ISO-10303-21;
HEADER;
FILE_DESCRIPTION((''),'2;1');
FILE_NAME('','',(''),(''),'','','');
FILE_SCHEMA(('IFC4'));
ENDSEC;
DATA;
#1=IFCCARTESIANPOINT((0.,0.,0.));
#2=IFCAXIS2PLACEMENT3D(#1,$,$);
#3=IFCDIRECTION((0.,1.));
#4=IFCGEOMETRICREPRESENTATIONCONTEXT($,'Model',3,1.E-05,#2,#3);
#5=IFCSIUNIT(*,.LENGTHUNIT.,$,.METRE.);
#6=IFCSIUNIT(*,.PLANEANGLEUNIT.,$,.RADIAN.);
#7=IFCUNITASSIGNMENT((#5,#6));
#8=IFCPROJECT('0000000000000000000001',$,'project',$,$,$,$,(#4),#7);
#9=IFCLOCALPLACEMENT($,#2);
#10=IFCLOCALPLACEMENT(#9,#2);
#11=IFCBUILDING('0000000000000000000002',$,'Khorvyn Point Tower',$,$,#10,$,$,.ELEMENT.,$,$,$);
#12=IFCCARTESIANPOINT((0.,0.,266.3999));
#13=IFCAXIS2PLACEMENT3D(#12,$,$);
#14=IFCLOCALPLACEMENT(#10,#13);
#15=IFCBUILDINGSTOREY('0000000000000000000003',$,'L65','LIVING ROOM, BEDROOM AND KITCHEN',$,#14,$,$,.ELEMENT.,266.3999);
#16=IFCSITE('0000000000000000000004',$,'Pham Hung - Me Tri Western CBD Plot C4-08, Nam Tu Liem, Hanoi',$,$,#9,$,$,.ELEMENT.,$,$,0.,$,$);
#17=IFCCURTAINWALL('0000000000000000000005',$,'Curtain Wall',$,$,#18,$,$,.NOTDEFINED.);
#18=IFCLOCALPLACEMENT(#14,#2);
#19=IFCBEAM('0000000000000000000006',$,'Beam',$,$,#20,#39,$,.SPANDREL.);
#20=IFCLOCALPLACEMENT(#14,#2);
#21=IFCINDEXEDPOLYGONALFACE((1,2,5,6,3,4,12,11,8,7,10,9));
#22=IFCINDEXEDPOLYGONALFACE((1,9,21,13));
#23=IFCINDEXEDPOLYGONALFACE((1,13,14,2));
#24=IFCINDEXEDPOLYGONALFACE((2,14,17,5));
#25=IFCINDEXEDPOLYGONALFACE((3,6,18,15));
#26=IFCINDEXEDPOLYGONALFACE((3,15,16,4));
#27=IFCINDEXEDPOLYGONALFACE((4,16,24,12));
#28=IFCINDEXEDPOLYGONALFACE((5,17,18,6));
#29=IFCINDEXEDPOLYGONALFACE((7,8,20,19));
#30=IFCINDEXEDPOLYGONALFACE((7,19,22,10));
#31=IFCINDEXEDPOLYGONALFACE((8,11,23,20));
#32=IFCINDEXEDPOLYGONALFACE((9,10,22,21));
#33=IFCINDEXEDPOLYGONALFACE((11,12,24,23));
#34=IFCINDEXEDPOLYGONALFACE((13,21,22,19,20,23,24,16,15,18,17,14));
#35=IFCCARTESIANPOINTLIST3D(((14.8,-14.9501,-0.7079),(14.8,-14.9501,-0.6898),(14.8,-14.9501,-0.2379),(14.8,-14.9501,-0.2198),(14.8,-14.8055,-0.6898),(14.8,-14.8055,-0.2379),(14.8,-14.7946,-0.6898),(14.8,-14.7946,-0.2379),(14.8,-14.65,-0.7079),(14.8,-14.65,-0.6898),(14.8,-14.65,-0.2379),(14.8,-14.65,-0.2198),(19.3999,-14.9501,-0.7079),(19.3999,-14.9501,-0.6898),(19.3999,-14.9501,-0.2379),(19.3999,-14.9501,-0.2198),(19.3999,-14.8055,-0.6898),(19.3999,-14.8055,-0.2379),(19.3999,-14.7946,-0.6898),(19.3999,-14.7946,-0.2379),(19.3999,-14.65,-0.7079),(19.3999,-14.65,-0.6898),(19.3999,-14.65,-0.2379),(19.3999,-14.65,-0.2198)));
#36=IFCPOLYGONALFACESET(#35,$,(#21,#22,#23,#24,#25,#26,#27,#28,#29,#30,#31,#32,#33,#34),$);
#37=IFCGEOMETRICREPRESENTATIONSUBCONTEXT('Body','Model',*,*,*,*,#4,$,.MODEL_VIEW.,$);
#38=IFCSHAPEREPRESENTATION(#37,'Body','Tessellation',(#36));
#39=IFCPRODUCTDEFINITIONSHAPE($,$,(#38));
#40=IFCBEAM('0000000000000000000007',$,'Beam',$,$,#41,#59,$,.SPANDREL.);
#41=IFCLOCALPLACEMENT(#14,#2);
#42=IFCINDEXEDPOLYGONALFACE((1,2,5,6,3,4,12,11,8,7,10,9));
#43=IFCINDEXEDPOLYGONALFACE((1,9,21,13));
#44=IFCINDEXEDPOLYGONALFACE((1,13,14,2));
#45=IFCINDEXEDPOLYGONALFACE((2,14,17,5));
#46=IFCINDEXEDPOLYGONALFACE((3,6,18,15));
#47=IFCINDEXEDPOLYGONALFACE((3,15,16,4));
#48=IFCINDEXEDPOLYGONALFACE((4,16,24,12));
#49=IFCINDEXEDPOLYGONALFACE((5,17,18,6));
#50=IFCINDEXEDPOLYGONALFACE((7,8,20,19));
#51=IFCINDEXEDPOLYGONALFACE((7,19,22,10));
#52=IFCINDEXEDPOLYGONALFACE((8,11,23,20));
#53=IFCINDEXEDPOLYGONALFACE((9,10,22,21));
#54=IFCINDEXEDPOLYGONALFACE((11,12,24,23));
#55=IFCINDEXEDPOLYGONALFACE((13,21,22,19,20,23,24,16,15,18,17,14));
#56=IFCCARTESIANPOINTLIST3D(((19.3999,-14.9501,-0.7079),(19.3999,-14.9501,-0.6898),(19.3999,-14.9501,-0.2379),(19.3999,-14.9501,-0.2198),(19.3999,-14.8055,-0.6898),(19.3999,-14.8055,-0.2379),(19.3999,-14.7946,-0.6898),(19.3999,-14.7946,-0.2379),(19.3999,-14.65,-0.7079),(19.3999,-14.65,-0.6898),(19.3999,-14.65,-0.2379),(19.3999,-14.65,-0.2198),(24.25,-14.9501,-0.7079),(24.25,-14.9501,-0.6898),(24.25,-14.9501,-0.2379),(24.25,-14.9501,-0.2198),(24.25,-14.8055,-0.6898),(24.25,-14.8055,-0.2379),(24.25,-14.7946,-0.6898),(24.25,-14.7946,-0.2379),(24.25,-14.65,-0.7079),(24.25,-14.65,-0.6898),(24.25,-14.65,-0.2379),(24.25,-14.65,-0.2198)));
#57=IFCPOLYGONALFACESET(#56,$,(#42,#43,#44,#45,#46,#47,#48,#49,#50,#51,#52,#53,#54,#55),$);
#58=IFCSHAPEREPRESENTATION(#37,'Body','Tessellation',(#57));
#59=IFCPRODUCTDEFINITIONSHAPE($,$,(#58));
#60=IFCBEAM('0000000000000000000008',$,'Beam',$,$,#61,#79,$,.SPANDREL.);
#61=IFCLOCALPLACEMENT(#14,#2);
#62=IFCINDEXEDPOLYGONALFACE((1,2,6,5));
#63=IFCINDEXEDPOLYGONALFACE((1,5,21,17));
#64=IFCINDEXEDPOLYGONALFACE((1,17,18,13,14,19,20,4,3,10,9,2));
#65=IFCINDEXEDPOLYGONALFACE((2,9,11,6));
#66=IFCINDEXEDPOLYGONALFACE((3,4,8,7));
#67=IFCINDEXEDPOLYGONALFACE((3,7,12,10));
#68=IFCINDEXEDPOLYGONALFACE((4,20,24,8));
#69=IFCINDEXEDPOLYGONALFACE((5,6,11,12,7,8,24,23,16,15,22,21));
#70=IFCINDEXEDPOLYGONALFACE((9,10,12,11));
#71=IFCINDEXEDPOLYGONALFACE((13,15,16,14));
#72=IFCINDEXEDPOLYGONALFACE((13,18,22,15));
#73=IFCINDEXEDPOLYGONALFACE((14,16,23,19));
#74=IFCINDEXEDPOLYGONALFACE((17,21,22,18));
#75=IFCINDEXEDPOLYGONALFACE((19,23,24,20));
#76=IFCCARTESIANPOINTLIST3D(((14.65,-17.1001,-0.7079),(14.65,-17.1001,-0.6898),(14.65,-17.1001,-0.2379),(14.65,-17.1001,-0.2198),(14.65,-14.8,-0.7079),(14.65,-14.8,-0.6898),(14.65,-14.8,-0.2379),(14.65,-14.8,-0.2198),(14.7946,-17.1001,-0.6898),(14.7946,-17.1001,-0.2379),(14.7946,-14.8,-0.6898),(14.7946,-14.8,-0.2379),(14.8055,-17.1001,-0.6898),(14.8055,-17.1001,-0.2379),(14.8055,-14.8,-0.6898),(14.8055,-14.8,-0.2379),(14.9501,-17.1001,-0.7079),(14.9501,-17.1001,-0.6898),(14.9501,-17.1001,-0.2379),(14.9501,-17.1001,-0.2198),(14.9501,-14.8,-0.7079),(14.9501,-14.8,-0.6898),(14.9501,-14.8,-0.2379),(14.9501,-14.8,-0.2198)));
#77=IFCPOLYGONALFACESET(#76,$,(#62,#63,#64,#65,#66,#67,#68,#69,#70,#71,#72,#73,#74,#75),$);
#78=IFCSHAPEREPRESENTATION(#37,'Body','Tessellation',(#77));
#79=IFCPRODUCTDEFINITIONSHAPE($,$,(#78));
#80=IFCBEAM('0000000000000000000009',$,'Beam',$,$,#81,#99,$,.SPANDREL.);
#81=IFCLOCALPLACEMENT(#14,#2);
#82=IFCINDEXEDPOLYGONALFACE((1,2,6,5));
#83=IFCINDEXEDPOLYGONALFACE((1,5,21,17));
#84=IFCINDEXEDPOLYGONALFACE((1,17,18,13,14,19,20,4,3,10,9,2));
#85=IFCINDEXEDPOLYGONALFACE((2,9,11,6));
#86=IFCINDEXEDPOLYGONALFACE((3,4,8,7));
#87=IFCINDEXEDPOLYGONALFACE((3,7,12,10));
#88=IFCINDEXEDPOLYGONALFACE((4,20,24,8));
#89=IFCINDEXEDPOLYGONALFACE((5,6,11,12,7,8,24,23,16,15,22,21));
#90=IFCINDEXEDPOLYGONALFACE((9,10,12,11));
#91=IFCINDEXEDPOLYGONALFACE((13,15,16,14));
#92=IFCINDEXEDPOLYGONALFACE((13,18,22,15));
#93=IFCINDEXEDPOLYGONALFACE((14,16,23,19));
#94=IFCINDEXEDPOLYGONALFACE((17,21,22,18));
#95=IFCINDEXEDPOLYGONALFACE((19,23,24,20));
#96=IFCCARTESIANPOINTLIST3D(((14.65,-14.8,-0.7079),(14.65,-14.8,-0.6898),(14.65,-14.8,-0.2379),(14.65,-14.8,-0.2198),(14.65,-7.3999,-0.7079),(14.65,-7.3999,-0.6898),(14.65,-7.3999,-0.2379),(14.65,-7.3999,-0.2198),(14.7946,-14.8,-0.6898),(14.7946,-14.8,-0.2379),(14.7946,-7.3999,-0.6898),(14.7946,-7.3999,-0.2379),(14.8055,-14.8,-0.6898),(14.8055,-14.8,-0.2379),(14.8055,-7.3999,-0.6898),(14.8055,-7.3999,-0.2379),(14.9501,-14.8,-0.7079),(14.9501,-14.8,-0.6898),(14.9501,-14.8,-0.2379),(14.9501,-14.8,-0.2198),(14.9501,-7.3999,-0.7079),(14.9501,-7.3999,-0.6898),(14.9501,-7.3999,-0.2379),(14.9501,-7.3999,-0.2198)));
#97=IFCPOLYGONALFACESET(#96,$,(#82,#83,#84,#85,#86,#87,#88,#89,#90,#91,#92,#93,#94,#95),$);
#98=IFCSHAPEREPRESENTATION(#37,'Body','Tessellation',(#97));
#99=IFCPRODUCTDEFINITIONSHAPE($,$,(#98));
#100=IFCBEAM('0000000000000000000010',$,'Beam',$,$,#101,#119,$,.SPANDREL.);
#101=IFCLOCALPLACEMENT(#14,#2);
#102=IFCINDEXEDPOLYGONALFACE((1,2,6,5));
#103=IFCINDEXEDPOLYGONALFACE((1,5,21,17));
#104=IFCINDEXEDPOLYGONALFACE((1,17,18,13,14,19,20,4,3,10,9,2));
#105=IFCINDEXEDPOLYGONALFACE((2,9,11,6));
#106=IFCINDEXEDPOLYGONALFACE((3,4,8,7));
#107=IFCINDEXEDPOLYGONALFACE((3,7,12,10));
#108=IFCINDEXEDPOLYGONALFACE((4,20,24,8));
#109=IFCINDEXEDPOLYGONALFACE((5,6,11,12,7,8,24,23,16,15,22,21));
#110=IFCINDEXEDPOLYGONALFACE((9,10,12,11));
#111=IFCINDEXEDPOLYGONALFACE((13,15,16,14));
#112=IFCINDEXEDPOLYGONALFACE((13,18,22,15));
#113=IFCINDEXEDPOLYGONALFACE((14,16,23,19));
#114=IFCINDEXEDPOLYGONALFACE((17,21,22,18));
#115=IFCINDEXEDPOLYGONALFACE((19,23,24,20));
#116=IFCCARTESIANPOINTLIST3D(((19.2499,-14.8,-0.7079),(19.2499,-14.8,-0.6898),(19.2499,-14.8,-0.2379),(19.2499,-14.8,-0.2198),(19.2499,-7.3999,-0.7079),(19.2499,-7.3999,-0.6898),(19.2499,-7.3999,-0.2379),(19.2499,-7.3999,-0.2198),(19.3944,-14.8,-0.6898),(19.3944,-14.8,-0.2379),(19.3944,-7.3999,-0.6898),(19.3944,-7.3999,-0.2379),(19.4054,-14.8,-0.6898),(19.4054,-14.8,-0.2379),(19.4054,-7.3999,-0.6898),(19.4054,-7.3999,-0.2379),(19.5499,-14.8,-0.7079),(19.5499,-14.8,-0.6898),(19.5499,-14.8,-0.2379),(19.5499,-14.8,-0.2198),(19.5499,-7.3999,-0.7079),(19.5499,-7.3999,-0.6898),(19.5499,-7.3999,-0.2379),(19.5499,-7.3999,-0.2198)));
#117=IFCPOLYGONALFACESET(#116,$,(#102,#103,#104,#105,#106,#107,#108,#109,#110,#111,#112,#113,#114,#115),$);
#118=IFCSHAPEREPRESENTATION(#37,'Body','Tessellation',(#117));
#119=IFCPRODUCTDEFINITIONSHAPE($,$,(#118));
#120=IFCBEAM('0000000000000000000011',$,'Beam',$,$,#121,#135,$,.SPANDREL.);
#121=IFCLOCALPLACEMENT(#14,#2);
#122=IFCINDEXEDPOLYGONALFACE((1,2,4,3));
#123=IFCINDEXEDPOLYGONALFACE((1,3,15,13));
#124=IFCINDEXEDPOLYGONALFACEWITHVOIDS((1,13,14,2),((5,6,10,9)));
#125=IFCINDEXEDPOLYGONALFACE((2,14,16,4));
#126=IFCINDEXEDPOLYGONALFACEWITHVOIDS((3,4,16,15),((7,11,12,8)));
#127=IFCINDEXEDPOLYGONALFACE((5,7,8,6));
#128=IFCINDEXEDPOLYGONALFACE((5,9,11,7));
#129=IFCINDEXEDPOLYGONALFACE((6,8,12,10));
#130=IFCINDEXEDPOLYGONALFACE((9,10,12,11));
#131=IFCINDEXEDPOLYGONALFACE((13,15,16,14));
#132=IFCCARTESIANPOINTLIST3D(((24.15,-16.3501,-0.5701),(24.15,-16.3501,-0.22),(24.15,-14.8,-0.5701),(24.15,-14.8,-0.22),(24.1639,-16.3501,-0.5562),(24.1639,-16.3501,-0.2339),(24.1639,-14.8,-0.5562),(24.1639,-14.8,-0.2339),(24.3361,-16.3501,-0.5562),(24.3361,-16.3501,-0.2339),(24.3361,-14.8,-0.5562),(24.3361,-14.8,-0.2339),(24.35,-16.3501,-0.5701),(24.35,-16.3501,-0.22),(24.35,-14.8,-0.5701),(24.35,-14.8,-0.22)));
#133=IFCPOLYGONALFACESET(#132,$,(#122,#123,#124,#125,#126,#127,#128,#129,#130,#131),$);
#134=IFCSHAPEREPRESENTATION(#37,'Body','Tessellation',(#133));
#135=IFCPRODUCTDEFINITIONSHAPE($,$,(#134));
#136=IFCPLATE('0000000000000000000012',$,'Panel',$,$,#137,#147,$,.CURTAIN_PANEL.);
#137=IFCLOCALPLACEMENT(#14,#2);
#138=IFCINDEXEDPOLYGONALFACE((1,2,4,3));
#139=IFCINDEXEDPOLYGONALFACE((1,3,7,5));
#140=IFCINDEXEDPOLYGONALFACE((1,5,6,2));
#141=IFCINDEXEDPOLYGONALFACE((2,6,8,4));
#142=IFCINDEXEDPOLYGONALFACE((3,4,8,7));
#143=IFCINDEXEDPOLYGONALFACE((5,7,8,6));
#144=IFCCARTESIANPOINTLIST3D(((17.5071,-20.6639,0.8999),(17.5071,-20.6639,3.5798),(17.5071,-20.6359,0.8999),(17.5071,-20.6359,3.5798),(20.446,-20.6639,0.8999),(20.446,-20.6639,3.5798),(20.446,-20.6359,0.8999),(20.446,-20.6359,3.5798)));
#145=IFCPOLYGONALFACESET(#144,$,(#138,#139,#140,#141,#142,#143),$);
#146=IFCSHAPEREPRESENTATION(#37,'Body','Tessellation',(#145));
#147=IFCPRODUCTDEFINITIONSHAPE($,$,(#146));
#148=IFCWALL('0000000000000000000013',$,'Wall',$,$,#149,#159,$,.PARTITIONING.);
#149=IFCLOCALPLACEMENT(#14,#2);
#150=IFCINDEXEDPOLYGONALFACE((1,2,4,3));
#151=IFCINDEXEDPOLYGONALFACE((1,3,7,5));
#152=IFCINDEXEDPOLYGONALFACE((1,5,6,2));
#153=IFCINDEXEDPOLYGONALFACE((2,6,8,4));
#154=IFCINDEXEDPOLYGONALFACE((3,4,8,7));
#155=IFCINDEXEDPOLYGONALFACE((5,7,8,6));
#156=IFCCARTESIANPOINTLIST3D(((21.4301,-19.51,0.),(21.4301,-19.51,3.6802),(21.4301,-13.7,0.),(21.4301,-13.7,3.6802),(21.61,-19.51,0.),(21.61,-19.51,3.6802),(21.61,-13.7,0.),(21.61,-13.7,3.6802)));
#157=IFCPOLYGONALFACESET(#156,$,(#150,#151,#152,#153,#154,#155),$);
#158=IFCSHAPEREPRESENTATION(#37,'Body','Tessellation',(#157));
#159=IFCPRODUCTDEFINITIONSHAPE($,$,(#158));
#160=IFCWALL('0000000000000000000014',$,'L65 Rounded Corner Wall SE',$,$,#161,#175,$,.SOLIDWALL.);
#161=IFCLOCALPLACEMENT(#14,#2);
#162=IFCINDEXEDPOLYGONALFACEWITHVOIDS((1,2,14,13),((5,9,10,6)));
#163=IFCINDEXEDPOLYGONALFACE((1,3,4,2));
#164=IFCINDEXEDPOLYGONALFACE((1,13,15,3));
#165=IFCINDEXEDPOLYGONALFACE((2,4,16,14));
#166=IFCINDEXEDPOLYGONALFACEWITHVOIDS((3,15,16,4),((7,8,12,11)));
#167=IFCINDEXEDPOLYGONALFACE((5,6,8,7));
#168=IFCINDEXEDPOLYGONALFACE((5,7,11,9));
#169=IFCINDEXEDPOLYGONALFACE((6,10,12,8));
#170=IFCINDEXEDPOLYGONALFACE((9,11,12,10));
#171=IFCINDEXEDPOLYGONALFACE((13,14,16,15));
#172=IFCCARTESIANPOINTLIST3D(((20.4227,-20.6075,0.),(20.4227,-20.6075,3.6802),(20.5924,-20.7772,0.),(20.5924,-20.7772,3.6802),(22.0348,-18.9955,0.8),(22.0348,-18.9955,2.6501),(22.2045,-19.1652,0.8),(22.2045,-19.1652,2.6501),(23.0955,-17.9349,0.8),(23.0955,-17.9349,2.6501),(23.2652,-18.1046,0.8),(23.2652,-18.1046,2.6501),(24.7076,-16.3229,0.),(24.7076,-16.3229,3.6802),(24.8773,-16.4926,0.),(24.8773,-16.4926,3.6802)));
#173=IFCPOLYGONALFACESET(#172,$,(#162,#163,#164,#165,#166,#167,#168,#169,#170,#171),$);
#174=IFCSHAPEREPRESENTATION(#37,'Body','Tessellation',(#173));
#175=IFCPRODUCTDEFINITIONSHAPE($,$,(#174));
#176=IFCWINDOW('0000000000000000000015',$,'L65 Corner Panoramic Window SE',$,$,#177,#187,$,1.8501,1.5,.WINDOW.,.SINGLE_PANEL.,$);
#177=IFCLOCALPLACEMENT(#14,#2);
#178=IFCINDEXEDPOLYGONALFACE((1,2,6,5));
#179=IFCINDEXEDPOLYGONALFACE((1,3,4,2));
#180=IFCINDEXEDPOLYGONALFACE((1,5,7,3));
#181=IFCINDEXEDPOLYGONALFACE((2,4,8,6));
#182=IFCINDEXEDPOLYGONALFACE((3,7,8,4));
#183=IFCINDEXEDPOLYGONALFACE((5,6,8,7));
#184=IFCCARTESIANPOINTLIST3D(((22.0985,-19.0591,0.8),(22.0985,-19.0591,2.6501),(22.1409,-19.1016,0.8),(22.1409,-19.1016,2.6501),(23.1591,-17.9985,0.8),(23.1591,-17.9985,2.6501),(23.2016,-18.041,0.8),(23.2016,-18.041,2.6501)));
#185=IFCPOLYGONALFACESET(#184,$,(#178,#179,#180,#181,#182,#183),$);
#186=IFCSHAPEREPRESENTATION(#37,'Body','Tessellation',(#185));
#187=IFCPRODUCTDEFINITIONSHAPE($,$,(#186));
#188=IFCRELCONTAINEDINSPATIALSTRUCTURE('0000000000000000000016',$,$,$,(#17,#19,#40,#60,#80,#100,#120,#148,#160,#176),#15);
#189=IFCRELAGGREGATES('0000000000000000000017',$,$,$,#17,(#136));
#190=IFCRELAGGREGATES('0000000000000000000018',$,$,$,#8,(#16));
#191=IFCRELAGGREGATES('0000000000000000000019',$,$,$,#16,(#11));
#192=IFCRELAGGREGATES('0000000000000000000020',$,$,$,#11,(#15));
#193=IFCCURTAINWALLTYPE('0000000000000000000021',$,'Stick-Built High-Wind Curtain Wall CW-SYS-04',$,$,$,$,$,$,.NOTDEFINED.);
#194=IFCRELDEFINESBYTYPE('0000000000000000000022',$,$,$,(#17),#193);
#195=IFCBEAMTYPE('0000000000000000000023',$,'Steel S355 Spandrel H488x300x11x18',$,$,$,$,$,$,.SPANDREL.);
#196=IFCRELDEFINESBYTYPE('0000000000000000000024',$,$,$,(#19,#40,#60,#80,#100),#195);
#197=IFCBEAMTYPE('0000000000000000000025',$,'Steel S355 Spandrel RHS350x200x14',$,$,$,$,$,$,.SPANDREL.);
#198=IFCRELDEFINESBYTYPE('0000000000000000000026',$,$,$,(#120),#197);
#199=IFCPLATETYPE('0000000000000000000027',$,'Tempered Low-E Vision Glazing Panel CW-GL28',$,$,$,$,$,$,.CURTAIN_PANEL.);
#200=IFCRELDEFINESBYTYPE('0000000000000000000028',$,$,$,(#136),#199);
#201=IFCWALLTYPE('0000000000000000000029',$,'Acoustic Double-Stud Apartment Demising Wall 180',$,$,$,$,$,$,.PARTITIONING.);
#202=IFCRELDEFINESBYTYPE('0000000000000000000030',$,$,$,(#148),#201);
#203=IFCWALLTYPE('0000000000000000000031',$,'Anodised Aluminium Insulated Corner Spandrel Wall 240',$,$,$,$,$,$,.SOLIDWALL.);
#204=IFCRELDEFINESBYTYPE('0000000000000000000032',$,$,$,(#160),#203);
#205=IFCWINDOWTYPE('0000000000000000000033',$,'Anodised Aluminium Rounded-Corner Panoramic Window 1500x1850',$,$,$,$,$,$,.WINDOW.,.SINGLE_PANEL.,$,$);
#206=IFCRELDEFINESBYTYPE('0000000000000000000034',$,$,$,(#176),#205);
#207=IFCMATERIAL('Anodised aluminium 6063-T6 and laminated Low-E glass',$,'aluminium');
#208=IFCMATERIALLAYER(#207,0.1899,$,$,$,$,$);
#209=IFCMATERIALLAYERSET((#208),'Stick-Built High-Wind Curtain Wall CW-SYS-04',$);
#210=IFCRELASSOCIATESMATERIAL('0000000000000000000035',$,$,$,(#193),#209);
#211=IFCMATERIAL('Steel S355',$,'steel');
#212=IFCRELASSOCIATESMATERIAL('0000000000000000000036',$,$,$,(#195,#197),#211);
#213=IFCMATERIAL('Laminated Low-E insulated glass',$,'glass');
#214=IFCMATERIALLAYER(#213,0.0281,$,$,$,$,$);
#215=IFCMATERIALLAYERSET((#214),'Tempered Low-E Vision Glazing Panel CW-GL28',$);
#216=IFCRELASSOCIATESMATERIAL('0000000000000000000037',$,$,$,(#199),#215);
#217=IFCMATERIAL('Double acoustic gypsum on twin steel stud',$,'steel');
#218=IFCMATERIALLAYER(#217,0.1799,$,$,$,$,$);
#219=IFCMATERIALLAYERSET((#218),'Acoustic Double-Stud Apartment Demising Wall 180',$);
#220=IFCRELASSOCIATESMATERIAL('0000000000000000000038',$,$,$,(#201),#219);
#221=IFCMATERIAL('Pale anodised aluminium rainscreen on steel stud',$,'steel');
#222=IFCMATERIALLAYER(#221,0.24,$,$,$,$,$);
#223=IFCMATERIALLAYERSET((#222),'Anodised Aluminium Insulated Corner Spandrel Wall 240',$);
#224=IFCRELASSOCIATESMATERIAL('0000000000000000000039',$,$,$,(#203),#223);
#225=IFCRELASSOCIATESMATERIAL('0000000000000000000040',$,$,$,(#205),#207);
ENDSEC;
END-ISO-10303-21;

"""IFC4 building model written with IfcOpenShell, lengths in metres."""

from ifc_helpers import new_model, si_unit, direction, frame, frame_2d, origin, origin_2d, place, context, subcontext, project, spatial, rectangle, hollow_rectangle, i_section, extrude, material, layer, layer_set, material_profile, profile_set, type_object, element, fill, aggregate, save


model = new_model("IFC4")

# Units and contexts
model_context = context("Model", 3, precision=1e-05, world=origin(), true_north=direction((0.0, 1.0)))
body_context = subcontext(model_context, "Body", "Model", "MODEL_VIEW")
ifc_project = project(units=[si_unit("LENGTHUNIT", "METRE"), si_unit("PLANEANGLEUNIT", "RADIAN")], contexts=[model_context])

# Site, building, storey
site_placement = place(None, origin())
site = spatial("IfcSite", under=ifc_project, at=site_placement, Name="Pham Hung - Me Tri Western CBD Plot C4-08, Nam Tu Liem, Hanoi", CompositionType="ELEMENT", RefElevation=0.0)
building_placement = place(site_placement, origin())
building = spatial("IfcBuilding", under=site, at=building_placement, Name="Khorvyn Point Tower", CompositionType="ELEMENT")
storey_placement = place(building_placement, frame((0.0, 0.0, 266.3999)))
storey = spatial("IfcBuildingStorey", under=building, at=storey_placement, Name="L65", Description="LIVING ROOM, BEDROOM AND KITCHEN", CompositionType="ELEMENT", Elevation=266.3999)

# Shared definitions
ifc_material_1 = material(Name="Steel S355", Category="steel")

# Curtain wall
ifc_material_2 = material(Name="Anodised aluminium 6063-T6 and laminated Low-E glass", Category="aluminium")
ifc_layer_1 = layer(ifc_material_2, 0.1899)
ifc_layer_set_1 = layer_set([ifc_layer_1], Name="Stick-Built High-Wind Curtain Wall CW-SYS-04")
curtain_wall_type = type_object("IfcCurtainWallType", Name="Stick-Built High-Wind Curtain Wall CW-SYS-04", PredefinedType="NOTDEFINED", material=ifc_layer_set_1)
curtain_wall_1_placement = place(storey_placement, origin())
curtain_wall_1 = element("IfcCurtainWall", 1, at=curtain_wall_1_placement, inside=storey, type_object=curtain_wall_type, Name="Curtain Wall", PredefinedType="NOTDEFINED")

# Beams
ifc_material_profile_1 = material_profile(ifc_material_1, i_section(OverallWidth=0.3, OverallDepth=0.488, WebThickness=0.011, FlangeThickness=0.0181, at=origin_2d()))
ifc_profile_set_1 = profile_set([ifc_material_profile_1], Name="Steel S355 H488x300x11x18")
beam_type_1 = type_object("IfcBeamType", Name="Steel S355 Spandrel H488x300x11x18", PredefinedType="SPANDREL", material=ifc_profile_set_1)
beam_1_placement = place(storey_placement, frame((14.8, -14.8, -0.4639), z_axis=(1.0, 0.0, 0.0), x_axis=(0.0, 1.0, 0.0)))
element("IfcBeam", 2, at=beam_1_placement, inside=storey, type_object=beam_type_1, Name="Beam", PredefinedType="SPANDREL", context=body_context, shape_type="SweptSolid", body=[
    extrude(i_section(OverallWidth=0.3, OverallDepth=0.488, WebThickness=0.011, FlangeThickness=0.0181, at=origin_2d()), origin(), (0.0, 0.0, 1.0), 4.5999),
])
beam_2_placement = place(storey_placement, frame((19.3999, -14.8, -0.4639), z_axis=(1.0, 0.0, 0.0), x_axis=(0.0, 1.0, 0.0)))
element("IfcBeam", 3, at=beam_2_placement, inside=storey, type_object=beam_type_1, Name="Beam", PredefinedType="SPANDREL", context=body_context, shape_type="SweptSolid", body=[
    extrude(i_section(OverallWidth=0.3, OverallDepth=0.488, WebThickness=0.011, FlangeThickness=0.0181, at=origin_2d()), origin(), (0.0, 0.0, 1.0), 4.8501),
])
beam_3_placement = place(storey_placement, frame((14.8, -17.1001, -0.4639), z_axis=(0.0, 1.0, 0.0), x_axis=(-1.0, 0.0, 0.0)))
element("IfcBeam", 4, at=beam_3_placement, inside=storey, type_object=beam_type_1, Name="Beam", PredefinedType="SPANDREL", context=body_context, shape_type="SweptSolid", body=[
    extrude(i_section(OverallWidth=0.3, OverallDepth=0.488, WebThickness=0.011, FlangeThickness=0.0181, at=origin_2d()), origin(), (0.0, 0.0, 1.0), 2.3),
])
for number, where, z_axis, x_axis, name in (
    (5, (14.8, -14.8, -0.4639), (0.0, 1.0, 0.0), (-1.0, 0.0, 0.0), "Beam"),
    (6, (19.3999, -14.8, -0.4639), (0.0, 1.0, 0.0), (-1.0, 0.0, 0.0), "Beam"),
):
    element("IfcBeam", number, at=place(storey_placement, frame(where, z_axis=z_axis, x_axis=x_axis)), inside=storey, type_object=beam_type_1, Name=name, PredefinedType="SPANDREL", context=body_context, shape_type="SweptSolid", body=[
        extrude(i_section(OverallWidth=0.3, OverallDepth=0.488, WebThickness=0.011, FlangeThickness=0.0181, at=origin_2d()), origin(), (0.0, 0.0, 1.0), 7.4001),
    ])
ifc_material_profile_2 = material_profile(ifc_material_1, hollow_rectangle(XDim=0.2, YDim=0.3501, WallThickness=0.0139, at=origin_2d()))
ifc_profile_set_2 = profile_set([ifc_material_profile_2], Name="Steel S355 RHS350x200x14")
beam_type_2 = type_object("IfcBeamType", Name="Steel S355 Spandrel RHS350x200x14", PredefinedType="SPANDREL", material=ifc_profile_set_2)
beam_4_placement = place(storey_placement, frame((24.25, -16.3501, -0.395), z_axis=(0.0, 1.0, 0.0), x_axis=(-1.0, 0.0, 0.0)))
element("IfcBeam", 7, at=beam_4_placement, inside=storey, type_object=beam_type_2, Name="Beam", PredefinedType="SPANDREL", context=body_context, shape_type="SweptSolid", body=[
    extrude(hollow_rectangle(XDim=0.2, YDim=0.3501, WallThickness=0.0139, at=origin_2d()), origin(), (0.0, 0.0, 1.0), 1.55),
])

# Plate
ifc_material_3 = material(Name="Laminated Low-E insulated glass", Category="glass")
ifc_layer_2 = layer(ifc_material_3, 0.0281)
ifc_layer_set_2 = layer_set([ifc_layer_2], Name="Tempered Low-E Vision Glazing Panel CW-GL28")
plate_type = type_object("IfcPlateType", Name="Tempered Low-E Vision Glazing Panel CW-GL28", PredefinedType="CURTAIN_PANEL", material=ifc_layer_set_2)
plate_placement = place(storey_placement, frame((18.9766, -20.6499, 0.8999), z_axis=(0.0, 0.0, 1.0), x_axis=(-1.0, 0.0, 0.0)))
plate = element("IfcPlate", 8, at=plate_placement, type_object=plate_type, Name="Panel", PredefinedType="CURTAIN_PANEL", context=body_context, shape_type="SweptSolid", body=[
    extrude(rectangle(XDim=2.939, YDim=0.0281, at=origin_2d()), origin(), (0.0, 0.0, 1.0), 2.6799),
])
aggregate(curtain_wall_1, [plate])

# Wall
ifc_material_4 = material(Name="Double acoustic gypsum on twin steel stud", Category="steel")
ifc_layer_3 = layer(ifc_material_4, 0.1799)
ifc_layer_set_3 = layer_set([ifc_layer_3], Name="Acoustic Double-Stud Apartment Demising Wall 180")
wall_type_1 = type_object("IfcWallType", Name="Acoustic Double-Stud Apartment Demising Wall 180", PredefinedType="PARTITIONING", material=ifc_layer_set_3)
wall_1_placement = place(storey_placement, frame((21.52, -19.51, 0.0), z_axis=(0.0, 0.0, 1.0), x_axis=(0.0, 1.0, 0.0)))
element("IfcWall", 9, at=wall_1_placement, inside=storey, type_object=wall_type_1, Name="Wall", PredefinedType="PARTITIONING", context=body_context, shape_type="SweptSolid", body=[
    extrude(rectangle(XDim=5.8101, YDim=0.1799, at=frame_2d((2.905, 0.0))), origin(), (0.0, 0.0, 1.0), 3.6802),
])

# Wall, opening, window
ifc_material_5 = material(Name="Pale anodised aluminium rainscreen on steel stud", Category="steel")
ifc_layer_4 = layer(ifc_material_5, 0.24)
ifc_layer_set_4 = layer_set([ifc_layer_4], Name="Anodised Aluminium Insulated Corner Spandrel Wall 240")
wall_type_2 = type_object("IfcWallType", Name="Anodised Aluminium Insulated Corner Spandrel Wall 240", PredefinedType="SOLIDWALL", material=ifc_layer_set_4)
wall_2_placement = place(storey_placement, frame((24.7925, -16.4077, 0.0), z_axis=(0.0, 0.0, 1.0), x_axis=(-0.707127, -0.707087, 0.0)))
wall_2 = element("IfcWall", 10, at=wall_2_placement, inside=storey, type_object=wall_type_2, Name="L65 Rounded Corner Wall SE", PredefinedType="SOLIDWALL", context=body_context, shape_type="SweptSolid", body=[
    extrude(rectangle(XDim=6.0596, YDim=0.24, at=frame_2d((3.0298, 0.0))), origin(), (0.0, 0.0, 1.0), 3.6802),
])
opening_1_placement = place(wall_2_placement, frame((2.2798, 0.0, 0.8)))
opening_1 = element("IfcOpeningElement", 11, at=opening_1_placement, cuts=wall_2, PredefinedType="OPENING", context=body_context, shape_type="SweptSolid", body=[
    extrude(rectangle(XDim=1.5, YDim=1.8501, at=frame_2d((0.75, 0.925))), frame((0.0, 0.1299, 0.0), z_axis=(0.0, -1.0, 0.0), x_axis=(1.0, 0.0, 0.0)), (0.0, 0.0, 1.0), 0.26),
])
window_type = type_object("IfcWindowType", Name="Anodised Aluminium Rounded-Corner Panoramic Window 1500x1850", PartitioningType="SINGLE_PANEL", PredefinedType="WINDOW", material=ifc_material_2)
window_placement = place(opening_1_placement, origin())
window = element("IfcWindow", 12, at=window_placement, inside=storey, type_object=window_type, Name="L65 Corner Panoramic Window SE", OverallHeight=1.8501, OverallWidth=1.5, PartitioningType="SINGLE_PANEL", PredefinedType="WINDOW", context=body_context, shape_type="SweptSolid", body=[
    extrude(rectangle(XDim=1.5, YDim=1.8501, at=frame_2d((0.75, 0.925))), frame((0.0, 0.03, 0.0), z_axis=(0.0, -1.0, 0.0), x_axis=(1.0, 0.0, 0.0)), (0.0, 0.0, 1.0), 0.0601),
])
fill(opening_1, window)

save(model, "model.ifc")
